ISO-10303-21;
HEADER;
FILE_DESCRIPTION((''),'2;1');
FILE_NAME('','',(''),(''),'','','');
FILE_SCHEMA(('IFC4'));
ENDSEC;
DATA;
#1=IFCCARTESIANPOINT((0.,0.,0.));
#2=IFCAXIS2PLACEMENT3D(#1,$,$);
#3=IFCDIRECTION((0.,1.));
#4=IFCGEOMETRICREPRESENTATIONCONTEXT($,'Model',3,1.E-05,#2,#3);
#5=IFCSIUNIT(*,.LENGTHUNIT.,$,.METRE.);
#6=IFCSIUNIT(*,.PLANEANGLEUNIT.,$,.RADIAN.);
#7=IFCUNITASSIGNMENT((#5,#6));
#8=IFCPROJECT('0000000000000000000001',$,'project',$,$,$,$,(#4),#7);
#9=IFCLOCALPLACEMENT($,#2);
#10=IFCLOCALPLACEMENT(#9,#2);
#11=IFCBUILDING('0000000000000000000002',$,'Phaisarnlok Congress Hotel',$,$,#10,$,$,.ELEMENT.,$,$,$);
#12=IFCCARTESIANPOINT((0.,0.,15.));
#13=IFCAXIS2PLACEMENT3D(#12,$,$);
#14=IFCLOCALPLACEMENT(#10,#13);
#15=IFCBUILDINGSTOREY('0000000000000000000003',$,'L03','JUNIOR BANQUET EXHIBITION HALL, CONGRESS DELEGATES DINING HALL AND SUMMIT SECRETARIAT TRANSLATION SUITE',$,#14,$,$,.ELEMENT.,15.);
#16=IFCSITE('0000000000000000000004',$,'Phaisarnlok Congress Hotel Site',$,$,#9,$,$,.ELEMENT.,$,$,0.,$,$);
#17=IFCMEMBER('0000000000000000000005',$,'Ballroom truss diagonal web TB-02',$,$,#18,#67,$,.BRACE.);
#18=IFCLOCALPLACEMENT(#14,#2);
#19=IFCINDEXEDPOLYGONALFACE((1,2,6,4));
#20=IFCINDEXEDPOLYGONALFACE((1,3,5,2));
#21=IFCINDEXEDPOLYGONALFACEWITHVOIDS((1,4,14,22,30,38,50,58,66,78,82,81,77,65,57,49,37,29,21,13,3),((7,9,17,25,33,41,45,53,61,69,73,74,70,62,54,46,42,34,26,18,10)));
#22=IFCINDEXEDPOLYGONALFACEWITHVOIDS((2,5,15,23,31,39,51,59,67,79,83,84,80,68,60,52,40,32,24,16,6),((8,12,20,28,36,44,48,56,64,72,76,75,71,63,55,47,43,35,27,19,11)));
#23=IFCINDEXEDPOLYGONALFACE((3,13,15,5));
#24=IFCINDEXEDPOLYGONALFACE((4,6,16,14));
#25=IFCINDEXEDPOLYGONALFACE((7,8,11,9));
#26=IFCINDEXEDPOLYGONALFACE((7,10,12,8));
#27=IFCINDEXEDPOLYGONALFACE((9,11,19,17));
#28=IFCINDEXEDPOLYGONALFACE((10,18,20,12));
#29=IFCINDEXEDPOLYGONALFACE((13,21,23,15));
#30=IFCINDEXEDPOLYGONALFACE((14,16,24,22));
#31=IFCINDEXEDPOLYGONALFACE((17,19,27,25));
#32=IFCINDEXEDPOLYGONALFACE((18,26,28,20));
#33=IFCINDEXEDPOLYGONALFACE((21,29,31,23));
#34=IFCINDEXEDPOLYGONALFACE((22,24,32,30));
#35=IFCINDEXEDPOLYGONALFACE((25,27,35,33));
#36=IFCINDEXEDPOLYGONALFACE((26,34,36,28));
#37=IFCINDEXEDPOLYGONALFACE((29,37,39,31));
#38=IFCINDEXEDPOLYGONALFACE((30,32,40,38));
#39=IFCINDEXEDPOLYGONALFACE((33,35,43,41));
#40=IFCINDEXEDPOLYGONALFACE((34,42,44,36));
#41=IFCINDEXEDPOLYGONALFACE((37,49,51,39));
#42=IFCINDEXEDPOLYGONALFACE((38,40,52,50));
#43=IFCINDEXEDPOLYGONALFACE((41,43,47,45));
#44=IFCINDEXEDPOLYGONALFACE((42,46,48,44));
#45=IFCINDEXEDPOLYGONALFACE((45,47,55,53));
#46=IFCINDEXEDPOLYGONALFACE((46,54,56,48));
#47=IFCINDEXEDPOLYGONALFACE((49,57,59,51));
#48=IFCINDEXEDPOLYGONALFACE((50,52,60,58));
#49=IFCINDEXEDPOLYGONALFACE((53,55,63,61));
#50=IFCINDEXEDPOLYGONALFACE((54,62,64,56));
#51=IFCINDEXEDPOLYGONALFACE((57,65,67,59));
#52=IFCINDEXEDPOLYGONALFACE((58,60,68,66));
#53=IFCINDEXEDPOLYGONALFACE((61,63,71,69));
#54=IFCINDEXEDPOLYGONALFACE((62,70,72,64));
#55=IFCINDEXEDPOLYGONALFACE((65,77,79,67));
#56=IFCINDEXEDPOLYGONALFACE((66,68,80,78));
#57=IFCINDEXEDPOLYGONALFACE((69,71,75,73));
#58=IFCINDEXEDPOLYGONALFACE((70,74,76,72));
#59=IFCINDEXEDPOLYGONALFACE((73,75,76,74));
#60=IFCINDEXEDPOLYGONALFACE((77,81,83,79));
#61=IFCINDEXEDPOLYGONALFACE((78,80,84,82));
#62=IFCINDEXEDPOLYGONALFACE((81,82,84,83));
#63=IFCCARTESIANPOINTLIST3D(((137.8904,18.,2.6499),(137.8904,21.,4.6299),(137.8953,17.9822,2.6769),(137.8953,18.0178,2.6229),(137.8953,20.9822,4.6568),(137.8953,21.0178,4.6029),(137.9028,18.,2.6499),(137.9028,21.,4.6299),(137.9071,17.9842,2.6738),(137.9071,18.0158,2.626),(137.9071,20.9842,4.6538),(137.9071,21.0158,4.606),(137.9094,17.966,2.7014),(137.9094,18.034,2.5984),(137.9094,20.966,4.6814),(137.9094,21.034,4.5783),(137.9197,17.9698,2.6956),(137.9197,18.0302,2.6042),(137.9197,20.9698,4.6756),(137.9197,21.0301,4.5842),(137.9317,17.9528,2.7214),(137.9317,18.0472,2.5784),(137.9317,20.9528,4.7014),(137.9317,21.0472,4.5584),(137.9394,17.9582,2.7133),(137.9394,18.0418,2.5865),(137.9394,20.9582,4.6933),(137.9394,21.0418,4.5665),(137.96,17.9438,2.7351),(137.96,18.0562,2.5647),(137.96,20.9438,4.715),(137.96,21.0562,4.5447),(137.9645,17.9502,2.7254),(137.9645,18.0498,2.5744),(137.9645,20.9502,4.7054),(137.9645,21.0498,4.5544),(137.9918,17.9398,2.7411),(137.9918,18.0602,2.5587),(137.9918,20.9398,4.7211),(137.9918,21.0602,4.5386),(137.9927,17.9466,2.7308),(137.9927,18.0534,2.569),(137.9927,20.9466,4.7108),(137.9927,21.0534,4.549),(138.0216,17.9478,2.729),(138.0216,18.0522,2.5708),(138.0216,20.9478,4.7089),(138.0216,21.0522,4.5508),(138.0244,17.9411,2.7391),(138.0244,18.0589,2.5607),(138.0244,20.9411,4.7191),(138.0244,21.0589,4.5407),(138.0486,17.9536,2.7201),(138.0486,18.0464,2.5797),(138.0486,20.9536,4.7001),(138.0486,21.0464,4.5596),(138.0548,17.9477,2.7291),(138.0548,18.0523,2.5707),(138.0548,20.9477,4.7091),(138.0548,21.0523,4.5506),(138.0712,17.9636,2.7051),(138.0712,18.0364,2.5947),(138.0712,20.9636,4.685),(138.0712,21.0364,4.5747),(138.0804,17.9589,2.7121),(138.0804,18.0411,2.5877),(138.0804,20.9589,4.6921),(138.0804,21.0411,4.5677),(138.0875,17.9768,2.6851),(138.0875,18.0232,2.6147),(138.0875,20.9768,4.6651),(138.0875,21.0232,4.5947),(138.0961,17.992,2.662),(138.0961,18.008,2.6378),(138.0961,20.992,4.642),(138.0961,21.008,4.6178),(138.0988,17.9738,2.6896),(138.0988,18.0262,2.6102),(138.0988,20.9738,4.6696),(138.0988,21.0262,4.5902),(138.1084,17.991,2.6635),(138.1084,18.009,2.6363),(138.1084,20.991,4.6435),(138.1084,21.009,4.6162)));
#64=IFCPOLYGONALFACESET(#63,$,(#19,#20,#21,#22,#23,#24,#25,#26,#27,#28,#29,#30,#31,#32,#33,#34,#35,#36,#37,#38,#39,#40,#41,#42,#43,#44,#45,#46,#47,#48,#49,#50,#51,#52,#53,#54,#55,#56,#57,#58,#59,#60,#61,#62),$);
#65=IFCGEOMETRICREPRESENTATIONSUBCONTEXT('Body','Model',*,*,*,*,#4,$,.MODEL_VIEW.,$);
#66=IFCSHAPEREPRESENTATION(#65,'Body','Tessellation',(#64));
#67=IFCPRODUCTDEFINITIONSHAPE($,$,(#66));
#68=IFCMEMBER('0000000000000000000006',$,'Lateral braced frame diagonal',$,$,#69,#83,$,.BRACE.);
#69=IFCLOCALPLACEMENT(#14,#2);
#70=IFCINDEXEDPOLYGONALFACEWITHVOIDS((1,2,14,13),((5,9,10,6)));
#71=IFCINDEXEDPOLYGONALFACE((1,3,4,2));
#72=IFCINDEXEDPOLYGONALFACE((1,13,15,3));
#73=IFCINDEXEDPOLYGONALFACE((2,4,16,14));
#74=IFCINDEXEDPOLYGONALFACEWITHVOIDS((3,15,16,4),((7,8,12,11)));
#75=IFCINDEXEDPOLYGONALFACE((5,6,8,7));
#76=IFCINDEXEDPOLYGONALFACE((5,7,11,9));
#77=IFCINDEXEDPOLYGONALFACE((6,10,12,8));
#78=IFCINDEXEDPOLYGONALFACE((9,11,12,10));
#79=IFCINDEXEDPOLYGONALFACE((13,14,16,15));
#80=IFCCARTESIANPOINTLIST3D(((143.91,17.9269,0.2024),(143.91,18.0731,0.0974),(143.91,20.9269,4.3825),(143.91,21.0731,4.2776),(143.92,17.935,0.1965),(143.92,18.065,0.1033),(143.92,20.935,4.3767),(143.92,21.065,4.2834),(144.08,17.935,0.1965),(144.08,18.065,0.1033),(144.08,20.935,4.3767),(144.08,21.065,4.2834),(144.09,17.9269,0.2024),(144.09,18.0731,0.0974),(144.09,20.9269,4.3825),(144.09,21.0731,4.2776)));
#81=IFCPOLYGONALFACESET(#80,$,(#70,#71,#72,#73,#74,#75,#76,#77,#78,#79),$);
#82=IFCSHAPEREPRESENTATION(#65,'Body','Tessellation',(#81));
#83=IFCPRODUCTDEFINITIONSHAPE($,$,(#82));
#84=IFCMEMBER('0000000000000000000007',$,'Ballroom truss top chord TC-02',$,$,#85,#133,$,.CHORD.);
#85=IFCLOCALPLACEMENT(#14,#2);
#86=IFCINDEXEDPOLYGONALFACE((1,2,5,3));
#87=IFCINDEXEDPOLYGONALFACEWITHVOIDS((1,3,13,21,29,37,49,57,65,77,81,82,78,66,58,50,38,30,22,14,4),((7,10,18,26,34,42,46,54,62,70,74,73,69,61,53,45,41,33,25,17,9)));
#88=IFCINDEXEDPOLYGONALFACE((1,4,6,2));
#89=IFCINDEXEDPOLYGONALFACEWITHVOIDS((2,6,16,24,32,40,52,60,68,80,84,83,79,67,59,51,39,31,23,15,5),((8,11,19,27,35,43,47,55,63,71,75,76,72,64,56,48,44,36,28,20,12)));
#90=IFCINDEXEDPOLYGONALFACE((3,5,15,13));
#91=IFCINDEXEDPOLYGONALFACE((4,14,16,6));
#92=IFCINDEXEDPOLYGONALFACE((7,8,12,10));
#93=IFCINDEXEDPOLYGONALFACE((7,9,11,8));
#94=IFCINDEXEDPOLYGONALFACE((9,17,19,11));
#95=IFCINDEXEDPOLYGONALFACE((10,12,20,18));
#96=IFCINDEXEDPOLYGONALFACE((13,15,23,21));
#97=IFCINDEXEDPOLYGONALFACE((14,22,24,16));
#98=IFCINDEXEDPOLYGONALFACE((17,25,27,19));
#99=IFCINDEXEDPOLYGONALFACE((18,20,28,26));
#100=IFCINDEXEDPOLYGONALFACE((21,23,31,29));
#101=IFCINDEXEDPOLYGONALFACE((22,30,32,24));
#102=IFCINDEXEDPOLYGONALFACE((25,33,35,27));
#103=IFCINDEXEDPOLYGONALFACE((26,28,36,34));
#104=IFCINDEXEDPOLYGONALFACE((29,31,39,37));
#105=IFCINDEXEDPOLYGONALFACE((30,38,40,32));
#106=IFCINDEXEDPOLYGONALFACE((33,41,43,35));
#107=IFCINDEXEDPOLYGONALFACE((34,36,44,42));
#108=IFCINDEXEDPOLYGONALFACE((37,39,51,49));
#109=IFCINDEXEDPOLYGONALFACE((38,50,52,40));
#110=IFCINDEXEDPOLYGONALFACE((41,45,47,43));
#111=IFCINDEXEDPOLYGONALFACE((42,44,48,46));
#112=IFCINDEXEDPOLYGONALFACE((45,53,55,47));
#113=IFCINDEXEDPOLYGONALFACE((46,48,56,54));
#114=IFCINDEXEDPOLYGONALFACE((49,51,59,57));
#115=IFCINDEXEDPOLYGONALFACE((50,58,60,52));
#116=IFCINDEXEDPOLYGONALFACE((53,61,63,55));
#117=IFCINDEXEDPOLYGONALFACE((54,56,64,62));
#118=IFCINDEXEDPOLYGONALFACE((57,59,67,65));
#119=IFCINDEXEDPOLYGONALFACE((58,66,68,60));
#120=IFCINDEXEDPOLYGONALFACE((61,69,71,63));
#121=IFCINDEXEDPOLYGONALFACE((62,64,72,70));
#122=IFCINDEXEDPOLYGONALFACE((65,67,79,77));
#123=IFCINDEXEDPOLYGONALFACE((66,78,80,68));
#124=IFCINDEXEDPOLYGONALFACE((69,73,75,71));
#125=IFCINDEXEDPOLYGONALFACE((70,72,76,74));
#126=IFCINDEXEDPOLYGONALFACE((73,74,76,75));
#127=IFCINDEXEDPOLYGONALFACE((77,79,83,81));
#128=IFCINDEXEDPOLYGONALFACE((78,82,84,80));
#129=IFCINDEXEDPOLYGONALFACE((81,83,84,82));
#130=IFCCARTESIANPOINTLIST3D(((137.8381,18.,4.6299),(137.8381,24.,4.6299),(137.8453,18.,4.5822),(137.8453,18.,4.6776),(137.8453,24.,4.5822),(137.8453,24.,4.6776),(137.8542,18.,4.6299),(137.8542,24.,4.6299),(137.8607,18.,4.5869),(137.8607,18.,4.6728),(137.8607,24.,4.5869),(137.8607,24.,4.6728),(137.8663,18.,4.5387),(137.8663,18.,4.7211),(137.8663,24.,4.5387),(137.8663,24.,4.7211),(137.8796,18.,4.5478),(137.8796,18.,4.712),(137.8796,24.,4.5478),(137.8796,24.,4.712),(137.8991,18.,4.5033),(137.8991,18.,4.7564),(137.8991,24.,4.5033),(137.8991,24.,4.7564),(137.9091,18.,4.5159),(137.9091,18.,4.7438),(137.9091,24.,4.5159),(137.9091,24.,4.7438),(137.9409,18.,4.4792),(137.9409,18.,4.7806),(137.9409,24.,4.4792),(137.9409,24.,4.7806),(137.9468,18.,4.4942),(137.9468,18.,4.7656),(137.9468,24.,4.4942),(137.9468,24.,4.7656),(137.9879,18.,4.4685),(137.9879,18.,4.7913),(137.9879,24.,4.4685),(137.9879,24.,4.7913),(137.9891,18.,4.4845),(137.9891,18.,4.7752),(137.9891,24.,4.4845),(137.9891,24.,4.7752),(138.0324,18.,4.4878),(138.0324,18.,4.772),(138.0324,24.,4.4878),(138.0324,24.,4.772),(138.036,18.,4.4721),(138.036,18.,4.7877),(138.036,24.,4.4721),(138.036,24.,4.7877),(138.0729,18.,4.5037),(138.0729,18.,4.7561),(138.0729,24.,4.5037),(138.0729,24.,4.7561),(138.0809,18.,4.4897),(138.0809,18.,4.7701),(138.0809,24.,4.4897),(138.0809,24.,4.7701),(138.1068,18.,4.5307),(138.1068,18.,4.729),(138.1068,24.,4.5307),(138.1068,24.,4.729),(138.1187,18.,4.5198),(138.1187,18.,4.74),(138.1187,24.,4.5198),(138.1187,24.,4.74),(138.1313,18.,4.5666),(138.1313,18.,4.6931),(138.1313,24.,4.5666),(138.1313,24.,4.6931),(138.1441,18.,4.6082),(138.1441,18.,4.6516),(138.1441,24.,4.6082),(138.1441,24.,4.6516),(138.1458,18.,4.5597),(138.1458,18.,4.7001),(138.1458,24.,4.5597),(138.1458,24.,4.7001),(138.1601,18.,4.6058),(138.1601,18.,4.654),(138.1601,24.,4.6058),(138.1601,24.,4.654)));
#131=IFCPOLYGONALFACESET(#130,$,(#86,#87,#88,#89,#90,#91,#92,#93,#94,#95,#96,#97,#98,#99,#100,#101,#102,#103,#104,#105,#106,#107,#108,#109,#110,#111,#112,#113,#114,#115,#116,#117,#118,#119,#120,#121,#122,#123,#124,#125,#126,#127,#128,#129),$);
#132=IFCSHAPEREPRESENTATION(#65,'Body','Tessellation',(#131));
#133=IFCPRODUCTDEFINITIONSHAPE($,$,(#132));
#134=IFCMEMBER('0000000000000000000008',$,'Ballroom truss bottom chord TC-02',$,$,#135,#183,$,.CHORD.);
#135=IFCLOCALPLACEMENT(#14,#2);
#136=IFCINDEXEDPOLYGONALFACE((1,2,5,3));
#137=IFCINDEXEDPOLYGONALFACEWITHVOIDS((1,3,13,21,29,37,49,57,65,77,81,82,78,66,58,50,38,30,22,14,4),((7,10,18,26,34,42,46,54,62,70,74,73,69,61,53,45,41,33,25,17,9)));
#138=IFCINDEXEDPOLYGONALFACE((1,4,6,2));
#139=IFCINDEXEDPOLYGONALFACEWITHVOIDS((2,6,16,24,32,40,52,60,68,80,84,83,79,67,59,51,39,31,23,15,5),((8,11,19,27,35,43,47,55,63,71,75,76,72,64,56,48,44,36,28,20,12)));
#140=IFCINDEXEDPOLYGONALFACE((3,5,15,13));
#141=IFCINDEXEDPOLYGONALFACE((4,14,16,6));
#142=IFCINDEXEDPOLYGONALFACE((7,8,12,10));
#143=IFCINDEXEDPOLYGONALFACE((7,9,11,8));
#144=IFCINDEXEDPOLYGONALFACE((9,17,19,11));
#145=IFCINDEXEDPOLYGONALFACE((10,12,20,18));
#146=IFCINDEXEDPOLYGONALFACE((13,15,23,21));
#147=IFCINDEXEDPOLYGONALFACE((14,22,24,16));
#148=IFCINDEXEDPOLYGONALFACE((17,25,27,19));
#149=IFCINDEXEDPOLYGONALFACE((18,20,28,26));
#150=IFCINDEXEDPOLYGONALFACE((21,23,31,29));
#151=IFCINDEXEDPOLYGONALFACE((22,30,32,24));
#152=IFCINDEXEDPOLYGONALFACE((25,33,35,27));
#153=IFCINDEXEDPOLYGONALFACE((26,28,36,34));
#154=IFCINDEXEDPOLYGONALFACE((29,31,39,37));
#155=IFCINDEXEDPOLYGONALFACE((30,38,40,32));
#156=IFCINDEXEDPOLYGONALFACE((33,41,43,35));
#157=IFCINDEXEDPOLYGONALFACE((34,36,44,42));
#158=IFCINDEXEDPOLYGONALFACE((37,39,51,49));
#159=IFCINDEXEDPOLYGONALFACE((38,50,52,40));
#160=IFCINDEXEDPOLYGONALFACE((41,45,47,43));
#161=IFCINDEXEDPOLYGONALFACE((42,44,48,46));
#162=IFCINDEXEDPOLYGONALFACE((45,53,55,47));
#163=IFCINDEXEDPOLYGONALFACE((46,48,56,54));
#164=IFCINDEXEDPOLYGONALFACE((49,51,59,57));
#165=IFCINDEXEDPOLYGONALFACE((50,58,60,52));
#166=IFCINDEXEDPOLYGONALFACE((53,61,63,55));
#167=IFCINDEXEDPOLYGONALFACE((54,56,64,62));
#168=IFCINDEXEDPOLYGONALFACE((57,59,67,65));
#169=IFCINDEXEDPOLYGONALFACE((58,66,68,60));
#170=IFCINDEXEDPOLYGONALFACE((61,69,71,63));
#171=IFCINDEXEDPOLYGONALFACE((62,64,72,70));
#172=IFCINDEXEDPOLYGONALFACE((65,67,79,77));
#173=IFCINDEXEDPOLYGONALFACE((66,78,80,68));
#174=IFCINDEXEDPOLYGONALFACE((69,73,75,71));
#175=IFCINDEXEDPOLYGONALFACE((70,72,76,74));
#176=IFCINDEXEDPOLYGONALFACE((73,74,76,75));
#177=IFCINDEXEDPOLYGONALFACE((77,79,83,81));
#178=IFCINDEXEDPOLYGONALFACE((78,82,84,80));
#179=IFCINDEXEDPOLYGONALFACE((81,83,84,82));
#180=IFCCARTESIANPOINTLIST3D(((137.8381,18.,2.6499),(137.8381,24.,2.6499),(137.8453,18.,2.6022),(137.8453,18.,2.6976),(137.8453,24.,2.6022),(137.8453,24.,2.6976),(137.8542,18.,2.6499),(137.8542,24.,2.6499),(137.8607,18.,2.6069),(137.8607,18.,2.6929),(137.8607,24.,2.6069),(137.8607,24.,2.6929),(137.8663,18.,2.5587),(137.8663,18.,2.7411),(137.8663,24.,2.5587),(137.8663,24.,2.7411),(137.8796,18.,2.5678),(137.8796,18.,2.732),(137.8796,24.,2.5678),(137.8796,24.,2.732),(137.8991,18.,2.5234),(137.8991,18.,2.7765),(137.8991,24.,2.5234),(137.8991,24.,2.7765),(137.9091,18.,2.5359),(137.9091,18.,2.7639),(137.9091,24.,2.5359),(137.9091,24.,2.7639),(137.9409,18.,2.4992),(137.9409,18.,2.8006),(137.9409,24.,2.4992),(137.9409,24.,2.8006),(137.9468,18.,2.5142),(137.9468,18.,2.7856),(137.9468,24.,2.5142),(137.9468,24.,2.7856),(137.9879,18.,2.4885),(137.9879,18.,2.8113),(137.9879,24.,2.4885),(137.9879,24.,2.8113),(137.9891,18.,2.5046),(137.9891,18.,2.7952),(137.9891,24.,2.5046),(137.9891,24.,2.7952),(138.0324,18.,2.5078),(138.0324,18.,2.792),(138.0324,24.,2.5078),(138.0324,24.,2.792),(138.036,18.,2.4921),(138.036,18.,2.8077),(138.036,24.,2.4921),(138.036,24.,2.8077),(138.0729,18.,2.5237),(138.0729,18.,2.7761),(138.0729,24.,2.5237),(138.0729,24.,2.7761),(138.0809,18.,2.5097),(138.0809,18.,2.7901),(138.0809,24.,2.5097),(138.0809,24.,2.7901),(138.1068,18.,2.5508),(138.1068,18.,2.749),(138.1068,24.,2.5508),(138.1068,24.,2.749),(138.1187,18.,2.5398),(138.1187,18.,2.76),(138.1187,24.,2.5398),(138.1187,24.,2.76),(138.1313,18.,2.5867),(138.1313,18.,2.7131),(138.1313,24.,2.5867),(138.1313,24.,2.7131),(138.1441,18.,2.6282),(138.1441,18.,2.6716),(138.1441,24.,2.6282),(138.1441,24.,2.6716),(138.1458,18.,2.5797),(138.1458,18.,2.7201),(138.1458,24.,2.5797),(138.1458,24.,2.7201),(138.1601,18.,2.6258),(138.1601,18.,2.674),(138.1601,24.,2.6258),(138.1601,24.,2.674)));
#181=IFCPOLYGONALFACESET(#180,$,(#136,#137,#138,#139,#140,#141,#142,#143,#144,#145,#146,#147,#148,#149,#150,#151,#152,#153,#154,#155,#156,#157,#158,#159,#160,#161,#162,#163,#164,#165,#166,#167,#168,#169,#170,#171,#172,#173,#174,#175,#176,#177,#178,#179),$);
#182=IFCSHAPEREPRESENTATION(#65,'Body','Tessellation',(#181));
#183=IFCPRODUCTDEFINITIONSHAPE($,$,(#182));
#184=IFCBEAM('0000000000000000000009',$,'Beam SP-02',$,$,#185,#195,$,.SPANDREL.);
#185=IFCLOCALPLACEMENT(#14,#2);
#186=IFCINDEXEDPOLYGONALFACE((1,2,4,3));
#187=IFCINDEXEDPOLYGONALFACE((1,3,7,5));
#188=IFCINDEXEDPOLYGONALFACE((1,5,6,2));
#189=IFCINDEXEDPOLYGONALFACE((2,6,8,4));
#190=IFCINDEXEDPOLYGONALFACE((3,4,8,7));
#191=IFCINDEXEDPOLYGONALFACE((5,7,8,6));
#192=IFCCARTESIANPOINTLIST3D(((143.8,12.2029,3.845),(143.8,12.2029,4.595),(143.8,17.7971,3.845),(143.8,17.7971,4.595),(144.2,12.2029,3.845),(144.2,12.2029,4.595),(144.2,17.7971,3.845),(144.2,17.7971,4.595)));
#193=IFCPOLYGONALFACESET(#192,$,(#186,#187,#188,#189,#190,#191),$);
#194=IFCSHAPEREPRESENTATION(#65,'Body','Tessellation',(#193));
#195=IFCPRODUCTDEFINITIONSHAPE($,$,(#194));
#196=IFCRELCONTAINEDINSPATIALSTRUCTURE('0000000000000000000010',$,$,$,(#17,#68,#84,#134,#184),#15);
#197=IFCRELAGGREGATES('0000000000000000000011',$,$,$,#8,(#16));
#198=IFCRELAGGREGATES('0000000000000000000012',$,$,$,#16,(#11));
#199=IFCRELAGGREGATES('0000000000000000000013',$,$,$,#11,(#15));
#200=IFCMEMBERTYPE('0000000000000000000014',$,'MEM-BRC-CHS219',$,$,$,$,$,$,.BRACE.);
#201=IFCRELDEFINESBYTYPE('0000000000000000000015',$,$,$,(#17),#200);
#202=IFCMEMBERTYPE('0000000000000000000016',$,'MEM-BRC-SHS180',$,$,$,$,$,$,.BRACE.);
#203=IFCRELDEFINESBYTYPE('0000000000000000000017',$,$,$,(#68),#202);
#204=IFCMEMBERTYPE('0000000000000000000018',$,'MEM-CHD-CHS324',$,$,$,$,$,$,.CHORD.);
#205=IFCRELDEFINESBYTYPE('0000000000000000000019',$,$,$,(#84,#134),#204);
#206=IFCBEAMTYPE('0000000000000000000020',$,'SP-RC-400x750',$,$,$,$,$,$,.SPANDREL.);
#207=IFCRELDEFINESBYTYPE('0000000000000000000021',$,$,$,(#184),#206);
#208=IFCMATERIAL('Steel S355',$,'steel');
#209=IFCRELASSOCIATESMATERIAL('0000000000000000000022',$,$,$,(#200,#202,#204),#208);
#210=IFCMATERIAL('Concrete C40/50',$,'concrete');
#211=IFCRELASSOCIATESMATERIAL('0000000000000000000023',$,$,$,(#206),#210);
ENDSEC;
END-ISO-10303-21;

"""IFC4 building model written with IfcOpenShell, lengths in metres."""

from ifc_helpers import new_model, si_unit, direction, frame, origin, origin_2d, place, context, subcontext, project, spatial, rectangle, hollow_rectangle, hollow_circle, extrude, material, material_profile, profile_set, type_object, element, save


model = new_model("IFC4")

# Units and contexts
model_context = context("Model", 3, precision=1e-05, world=origin(), true_north=direction((0.0, 1.0)))
body_context = subcontext(model_context, "Body", "Model", "MODEL_VIEW")
ifc_project = project(units=[si_unit("LENGTHUNIT", "METRE"), si_unit("PLANEANGLEUNIT", "RADIAN")], contexts=[model_context])

# Site, building, storey
site_placement = place(None, origin())
site = spatial("IfcSite", under=ifc_project, at=site_placement, Name="Phaisarnlok Congress Hotel Site", CompositionType="ELEMENT", RefElevation=0.0)
building_placement = place(site_placement, origin())
building = spatial("IfcBuilding", under=site, at=building_placement, Name="Phaisarnlok Congress Hotel", CompositionType="ELEMENT")
storey_placement = place(building_placement, frame((0.0, 0.0, 15.0)))
storey = spatial("IfcBuildingStorey", under=building, at=storey_placement, Name="L03", Description="JUNIOR BANQUET EXHIBITION HALL, CONGRESS DELEGATES DINING HALL AND SUMMIT SECRETARIAT TRANSLATION SUITE", CompositionType="ELEMENT", Elevation=15.0)

# Shared definitions
ifc_material_1 = material(Name="Steel S355", Category="steel")

# Members
ifc_material_profile_1 = material_profile(ifc_material_1, hollow_circle(Radius=0.1096, WallThickness=0.0125, at=origin_2d()), Name="CHS 219.1x12.5")
ifc_profile_set_1 = profile_set([ifc_material_profile_1], Name="Steel S355")
member_type_1 = type_object("IfcMemberType", Name="MEM-BRC-CHS219", PredefinedType="BRACE", material=ifc_profile_set_1)
for number, where, z_axis, x_axis, name in (
    (1, (138.0, 18.0, 2.6499), (0.0, 0.834612, 0.550838), (-1.0, 0.0, 0.0), "Ballroom truss diagonal web TB-02"),
):
    element("IfcMember", number, at=place(storey_placement, frame(where, z_axis=z_axis, x_axis=x_axis)), inside=storey, type_object=member_type_1, Name=name, PredefinedType="BRACE", context=body_context, shape_type="SweptSolid", body=[
        extrude(hollow_circle(Radius=0.1096, WallThickness=0.0125, at=origin_2d()), origin(), (0.0, 0.0, 1.0), 3.5945),
    ])
ifc_material_profile_2 = material_profile(ifc_material_1, hollow_rectangle(XDim=0.1799, YDim=0.1799, WallThickness=0.01, at=origin_2d()), Name="SHS 180x180x10")
ifc_profile_set_2 = profile_set([ifc_material_profile_2], Name="Steel S355")
member_type_2 = type_object("IfcMemberType", Name="MEM-BRC-SHS180", PredefinedType="BRACE", material=ifc_profile_set_2)
member_1_placement = place(storey_placement, frame((144.0, 18.0, 0.1499), z_axis=(0.0, 0.583059, 0.81243), x_axis=(-1.0, 0.0, 0.0)))
element("IfcMember", 2, at=member_1_placement, inside=storey, type_object=member_type_2, Name="Lateral braced frame diagonal", PredefinedType="BRACE", context=body_context, shape_type="SweptSolid", body=[
    extrude(hollow_rectangle(XDim=0.1799, YDim=0.1799, WallThickness=0.01, at=origin_2d()), origin(), (0.0, 0.0, 1.0), 5.1453),
])
ifc_material_profile_3 = material_profile(ifc_material_1, hollow_circle(Radius=0.1619, WallThickness=0.0161, at=origin_2d()), Name="CHS 323.9x16")
ifc_profile_set_3 = profile_set([ifc_material_profile_3], Name="Steel S355")
member_type_3 = type_object("IfcMemberType", Name="MEM-CHD-CHS324", PredefinedType="CHORD", material=ifc_profile_set_3)
for number, where, z_axis, x_axis, name in (
    (3, (138.0, 18.0, 4.6299), (0.0, 1.0, 0.0), (-1.0, 0.0, 0.0), "Ballroom truss top chord TC-02"),
    (4, (138.0, 18.0, 2.6499), (0.0, 1.0, 0.0), (-1.0, 0.0, 0.0), "Ballroom truss bottom chord TC-02"),
):
    element("IfcMember", number, at=place(storey_placement, frame(where, z_axis=z_axis, x_axis=x_axis)), inside=storey, type_object=member_type_3, Name=name, PredefinedType="CHORD", context=body_context, shape_type="SweptSolid", body=[
        extrude(hollow_circle(Radius=0.1619, WallThickness=0.0161, at=origin_2d()), origin(), (0.0, 0.0, 1.0), 6.0),
    ])

# Beam
ifc_material_2 = material(Name="Concrete C40/50", Category="concrete")
ifc_material_profile_4 = material_profile(ifc_material_2, rectangle(XDim=0.3999, YDim=0.75, at=origin_2d()), Name="RC 400x750")
ifc_profile_set_4 = profile_set([ifc_material_profile_4], Name="Concrete C40/50")
beam_type = type_object("IfcBeamType", Name="SP-RC-400x750", PredefinedType="SPANDREL", material=ifc_profile_set_4)
for number, where, z_axis, x_axis, name in (
    (5, (144.0, 12.2029, 4.22), (0.0, 1.0, 0.0), (-1.0, 0.0, 0.0), "Beam SP-02"),
):
    element("IfcBeam", number, at=place(storey_placement, frame(where, z_axis=z_axis, x_axis=x_axis)), inside=storey, type_object=beam_type, Name=name, PredefinedType="SPANDREL", context=body_context, shape_type="SweptSolid", body=[
        extrude(rectangle(XDim=0.3999, YDim=0.75, at=origin_2d()), origin(), (0.0, 0.0, 1.0), 5.5942),
    ])

save(model, "model.ifc")
